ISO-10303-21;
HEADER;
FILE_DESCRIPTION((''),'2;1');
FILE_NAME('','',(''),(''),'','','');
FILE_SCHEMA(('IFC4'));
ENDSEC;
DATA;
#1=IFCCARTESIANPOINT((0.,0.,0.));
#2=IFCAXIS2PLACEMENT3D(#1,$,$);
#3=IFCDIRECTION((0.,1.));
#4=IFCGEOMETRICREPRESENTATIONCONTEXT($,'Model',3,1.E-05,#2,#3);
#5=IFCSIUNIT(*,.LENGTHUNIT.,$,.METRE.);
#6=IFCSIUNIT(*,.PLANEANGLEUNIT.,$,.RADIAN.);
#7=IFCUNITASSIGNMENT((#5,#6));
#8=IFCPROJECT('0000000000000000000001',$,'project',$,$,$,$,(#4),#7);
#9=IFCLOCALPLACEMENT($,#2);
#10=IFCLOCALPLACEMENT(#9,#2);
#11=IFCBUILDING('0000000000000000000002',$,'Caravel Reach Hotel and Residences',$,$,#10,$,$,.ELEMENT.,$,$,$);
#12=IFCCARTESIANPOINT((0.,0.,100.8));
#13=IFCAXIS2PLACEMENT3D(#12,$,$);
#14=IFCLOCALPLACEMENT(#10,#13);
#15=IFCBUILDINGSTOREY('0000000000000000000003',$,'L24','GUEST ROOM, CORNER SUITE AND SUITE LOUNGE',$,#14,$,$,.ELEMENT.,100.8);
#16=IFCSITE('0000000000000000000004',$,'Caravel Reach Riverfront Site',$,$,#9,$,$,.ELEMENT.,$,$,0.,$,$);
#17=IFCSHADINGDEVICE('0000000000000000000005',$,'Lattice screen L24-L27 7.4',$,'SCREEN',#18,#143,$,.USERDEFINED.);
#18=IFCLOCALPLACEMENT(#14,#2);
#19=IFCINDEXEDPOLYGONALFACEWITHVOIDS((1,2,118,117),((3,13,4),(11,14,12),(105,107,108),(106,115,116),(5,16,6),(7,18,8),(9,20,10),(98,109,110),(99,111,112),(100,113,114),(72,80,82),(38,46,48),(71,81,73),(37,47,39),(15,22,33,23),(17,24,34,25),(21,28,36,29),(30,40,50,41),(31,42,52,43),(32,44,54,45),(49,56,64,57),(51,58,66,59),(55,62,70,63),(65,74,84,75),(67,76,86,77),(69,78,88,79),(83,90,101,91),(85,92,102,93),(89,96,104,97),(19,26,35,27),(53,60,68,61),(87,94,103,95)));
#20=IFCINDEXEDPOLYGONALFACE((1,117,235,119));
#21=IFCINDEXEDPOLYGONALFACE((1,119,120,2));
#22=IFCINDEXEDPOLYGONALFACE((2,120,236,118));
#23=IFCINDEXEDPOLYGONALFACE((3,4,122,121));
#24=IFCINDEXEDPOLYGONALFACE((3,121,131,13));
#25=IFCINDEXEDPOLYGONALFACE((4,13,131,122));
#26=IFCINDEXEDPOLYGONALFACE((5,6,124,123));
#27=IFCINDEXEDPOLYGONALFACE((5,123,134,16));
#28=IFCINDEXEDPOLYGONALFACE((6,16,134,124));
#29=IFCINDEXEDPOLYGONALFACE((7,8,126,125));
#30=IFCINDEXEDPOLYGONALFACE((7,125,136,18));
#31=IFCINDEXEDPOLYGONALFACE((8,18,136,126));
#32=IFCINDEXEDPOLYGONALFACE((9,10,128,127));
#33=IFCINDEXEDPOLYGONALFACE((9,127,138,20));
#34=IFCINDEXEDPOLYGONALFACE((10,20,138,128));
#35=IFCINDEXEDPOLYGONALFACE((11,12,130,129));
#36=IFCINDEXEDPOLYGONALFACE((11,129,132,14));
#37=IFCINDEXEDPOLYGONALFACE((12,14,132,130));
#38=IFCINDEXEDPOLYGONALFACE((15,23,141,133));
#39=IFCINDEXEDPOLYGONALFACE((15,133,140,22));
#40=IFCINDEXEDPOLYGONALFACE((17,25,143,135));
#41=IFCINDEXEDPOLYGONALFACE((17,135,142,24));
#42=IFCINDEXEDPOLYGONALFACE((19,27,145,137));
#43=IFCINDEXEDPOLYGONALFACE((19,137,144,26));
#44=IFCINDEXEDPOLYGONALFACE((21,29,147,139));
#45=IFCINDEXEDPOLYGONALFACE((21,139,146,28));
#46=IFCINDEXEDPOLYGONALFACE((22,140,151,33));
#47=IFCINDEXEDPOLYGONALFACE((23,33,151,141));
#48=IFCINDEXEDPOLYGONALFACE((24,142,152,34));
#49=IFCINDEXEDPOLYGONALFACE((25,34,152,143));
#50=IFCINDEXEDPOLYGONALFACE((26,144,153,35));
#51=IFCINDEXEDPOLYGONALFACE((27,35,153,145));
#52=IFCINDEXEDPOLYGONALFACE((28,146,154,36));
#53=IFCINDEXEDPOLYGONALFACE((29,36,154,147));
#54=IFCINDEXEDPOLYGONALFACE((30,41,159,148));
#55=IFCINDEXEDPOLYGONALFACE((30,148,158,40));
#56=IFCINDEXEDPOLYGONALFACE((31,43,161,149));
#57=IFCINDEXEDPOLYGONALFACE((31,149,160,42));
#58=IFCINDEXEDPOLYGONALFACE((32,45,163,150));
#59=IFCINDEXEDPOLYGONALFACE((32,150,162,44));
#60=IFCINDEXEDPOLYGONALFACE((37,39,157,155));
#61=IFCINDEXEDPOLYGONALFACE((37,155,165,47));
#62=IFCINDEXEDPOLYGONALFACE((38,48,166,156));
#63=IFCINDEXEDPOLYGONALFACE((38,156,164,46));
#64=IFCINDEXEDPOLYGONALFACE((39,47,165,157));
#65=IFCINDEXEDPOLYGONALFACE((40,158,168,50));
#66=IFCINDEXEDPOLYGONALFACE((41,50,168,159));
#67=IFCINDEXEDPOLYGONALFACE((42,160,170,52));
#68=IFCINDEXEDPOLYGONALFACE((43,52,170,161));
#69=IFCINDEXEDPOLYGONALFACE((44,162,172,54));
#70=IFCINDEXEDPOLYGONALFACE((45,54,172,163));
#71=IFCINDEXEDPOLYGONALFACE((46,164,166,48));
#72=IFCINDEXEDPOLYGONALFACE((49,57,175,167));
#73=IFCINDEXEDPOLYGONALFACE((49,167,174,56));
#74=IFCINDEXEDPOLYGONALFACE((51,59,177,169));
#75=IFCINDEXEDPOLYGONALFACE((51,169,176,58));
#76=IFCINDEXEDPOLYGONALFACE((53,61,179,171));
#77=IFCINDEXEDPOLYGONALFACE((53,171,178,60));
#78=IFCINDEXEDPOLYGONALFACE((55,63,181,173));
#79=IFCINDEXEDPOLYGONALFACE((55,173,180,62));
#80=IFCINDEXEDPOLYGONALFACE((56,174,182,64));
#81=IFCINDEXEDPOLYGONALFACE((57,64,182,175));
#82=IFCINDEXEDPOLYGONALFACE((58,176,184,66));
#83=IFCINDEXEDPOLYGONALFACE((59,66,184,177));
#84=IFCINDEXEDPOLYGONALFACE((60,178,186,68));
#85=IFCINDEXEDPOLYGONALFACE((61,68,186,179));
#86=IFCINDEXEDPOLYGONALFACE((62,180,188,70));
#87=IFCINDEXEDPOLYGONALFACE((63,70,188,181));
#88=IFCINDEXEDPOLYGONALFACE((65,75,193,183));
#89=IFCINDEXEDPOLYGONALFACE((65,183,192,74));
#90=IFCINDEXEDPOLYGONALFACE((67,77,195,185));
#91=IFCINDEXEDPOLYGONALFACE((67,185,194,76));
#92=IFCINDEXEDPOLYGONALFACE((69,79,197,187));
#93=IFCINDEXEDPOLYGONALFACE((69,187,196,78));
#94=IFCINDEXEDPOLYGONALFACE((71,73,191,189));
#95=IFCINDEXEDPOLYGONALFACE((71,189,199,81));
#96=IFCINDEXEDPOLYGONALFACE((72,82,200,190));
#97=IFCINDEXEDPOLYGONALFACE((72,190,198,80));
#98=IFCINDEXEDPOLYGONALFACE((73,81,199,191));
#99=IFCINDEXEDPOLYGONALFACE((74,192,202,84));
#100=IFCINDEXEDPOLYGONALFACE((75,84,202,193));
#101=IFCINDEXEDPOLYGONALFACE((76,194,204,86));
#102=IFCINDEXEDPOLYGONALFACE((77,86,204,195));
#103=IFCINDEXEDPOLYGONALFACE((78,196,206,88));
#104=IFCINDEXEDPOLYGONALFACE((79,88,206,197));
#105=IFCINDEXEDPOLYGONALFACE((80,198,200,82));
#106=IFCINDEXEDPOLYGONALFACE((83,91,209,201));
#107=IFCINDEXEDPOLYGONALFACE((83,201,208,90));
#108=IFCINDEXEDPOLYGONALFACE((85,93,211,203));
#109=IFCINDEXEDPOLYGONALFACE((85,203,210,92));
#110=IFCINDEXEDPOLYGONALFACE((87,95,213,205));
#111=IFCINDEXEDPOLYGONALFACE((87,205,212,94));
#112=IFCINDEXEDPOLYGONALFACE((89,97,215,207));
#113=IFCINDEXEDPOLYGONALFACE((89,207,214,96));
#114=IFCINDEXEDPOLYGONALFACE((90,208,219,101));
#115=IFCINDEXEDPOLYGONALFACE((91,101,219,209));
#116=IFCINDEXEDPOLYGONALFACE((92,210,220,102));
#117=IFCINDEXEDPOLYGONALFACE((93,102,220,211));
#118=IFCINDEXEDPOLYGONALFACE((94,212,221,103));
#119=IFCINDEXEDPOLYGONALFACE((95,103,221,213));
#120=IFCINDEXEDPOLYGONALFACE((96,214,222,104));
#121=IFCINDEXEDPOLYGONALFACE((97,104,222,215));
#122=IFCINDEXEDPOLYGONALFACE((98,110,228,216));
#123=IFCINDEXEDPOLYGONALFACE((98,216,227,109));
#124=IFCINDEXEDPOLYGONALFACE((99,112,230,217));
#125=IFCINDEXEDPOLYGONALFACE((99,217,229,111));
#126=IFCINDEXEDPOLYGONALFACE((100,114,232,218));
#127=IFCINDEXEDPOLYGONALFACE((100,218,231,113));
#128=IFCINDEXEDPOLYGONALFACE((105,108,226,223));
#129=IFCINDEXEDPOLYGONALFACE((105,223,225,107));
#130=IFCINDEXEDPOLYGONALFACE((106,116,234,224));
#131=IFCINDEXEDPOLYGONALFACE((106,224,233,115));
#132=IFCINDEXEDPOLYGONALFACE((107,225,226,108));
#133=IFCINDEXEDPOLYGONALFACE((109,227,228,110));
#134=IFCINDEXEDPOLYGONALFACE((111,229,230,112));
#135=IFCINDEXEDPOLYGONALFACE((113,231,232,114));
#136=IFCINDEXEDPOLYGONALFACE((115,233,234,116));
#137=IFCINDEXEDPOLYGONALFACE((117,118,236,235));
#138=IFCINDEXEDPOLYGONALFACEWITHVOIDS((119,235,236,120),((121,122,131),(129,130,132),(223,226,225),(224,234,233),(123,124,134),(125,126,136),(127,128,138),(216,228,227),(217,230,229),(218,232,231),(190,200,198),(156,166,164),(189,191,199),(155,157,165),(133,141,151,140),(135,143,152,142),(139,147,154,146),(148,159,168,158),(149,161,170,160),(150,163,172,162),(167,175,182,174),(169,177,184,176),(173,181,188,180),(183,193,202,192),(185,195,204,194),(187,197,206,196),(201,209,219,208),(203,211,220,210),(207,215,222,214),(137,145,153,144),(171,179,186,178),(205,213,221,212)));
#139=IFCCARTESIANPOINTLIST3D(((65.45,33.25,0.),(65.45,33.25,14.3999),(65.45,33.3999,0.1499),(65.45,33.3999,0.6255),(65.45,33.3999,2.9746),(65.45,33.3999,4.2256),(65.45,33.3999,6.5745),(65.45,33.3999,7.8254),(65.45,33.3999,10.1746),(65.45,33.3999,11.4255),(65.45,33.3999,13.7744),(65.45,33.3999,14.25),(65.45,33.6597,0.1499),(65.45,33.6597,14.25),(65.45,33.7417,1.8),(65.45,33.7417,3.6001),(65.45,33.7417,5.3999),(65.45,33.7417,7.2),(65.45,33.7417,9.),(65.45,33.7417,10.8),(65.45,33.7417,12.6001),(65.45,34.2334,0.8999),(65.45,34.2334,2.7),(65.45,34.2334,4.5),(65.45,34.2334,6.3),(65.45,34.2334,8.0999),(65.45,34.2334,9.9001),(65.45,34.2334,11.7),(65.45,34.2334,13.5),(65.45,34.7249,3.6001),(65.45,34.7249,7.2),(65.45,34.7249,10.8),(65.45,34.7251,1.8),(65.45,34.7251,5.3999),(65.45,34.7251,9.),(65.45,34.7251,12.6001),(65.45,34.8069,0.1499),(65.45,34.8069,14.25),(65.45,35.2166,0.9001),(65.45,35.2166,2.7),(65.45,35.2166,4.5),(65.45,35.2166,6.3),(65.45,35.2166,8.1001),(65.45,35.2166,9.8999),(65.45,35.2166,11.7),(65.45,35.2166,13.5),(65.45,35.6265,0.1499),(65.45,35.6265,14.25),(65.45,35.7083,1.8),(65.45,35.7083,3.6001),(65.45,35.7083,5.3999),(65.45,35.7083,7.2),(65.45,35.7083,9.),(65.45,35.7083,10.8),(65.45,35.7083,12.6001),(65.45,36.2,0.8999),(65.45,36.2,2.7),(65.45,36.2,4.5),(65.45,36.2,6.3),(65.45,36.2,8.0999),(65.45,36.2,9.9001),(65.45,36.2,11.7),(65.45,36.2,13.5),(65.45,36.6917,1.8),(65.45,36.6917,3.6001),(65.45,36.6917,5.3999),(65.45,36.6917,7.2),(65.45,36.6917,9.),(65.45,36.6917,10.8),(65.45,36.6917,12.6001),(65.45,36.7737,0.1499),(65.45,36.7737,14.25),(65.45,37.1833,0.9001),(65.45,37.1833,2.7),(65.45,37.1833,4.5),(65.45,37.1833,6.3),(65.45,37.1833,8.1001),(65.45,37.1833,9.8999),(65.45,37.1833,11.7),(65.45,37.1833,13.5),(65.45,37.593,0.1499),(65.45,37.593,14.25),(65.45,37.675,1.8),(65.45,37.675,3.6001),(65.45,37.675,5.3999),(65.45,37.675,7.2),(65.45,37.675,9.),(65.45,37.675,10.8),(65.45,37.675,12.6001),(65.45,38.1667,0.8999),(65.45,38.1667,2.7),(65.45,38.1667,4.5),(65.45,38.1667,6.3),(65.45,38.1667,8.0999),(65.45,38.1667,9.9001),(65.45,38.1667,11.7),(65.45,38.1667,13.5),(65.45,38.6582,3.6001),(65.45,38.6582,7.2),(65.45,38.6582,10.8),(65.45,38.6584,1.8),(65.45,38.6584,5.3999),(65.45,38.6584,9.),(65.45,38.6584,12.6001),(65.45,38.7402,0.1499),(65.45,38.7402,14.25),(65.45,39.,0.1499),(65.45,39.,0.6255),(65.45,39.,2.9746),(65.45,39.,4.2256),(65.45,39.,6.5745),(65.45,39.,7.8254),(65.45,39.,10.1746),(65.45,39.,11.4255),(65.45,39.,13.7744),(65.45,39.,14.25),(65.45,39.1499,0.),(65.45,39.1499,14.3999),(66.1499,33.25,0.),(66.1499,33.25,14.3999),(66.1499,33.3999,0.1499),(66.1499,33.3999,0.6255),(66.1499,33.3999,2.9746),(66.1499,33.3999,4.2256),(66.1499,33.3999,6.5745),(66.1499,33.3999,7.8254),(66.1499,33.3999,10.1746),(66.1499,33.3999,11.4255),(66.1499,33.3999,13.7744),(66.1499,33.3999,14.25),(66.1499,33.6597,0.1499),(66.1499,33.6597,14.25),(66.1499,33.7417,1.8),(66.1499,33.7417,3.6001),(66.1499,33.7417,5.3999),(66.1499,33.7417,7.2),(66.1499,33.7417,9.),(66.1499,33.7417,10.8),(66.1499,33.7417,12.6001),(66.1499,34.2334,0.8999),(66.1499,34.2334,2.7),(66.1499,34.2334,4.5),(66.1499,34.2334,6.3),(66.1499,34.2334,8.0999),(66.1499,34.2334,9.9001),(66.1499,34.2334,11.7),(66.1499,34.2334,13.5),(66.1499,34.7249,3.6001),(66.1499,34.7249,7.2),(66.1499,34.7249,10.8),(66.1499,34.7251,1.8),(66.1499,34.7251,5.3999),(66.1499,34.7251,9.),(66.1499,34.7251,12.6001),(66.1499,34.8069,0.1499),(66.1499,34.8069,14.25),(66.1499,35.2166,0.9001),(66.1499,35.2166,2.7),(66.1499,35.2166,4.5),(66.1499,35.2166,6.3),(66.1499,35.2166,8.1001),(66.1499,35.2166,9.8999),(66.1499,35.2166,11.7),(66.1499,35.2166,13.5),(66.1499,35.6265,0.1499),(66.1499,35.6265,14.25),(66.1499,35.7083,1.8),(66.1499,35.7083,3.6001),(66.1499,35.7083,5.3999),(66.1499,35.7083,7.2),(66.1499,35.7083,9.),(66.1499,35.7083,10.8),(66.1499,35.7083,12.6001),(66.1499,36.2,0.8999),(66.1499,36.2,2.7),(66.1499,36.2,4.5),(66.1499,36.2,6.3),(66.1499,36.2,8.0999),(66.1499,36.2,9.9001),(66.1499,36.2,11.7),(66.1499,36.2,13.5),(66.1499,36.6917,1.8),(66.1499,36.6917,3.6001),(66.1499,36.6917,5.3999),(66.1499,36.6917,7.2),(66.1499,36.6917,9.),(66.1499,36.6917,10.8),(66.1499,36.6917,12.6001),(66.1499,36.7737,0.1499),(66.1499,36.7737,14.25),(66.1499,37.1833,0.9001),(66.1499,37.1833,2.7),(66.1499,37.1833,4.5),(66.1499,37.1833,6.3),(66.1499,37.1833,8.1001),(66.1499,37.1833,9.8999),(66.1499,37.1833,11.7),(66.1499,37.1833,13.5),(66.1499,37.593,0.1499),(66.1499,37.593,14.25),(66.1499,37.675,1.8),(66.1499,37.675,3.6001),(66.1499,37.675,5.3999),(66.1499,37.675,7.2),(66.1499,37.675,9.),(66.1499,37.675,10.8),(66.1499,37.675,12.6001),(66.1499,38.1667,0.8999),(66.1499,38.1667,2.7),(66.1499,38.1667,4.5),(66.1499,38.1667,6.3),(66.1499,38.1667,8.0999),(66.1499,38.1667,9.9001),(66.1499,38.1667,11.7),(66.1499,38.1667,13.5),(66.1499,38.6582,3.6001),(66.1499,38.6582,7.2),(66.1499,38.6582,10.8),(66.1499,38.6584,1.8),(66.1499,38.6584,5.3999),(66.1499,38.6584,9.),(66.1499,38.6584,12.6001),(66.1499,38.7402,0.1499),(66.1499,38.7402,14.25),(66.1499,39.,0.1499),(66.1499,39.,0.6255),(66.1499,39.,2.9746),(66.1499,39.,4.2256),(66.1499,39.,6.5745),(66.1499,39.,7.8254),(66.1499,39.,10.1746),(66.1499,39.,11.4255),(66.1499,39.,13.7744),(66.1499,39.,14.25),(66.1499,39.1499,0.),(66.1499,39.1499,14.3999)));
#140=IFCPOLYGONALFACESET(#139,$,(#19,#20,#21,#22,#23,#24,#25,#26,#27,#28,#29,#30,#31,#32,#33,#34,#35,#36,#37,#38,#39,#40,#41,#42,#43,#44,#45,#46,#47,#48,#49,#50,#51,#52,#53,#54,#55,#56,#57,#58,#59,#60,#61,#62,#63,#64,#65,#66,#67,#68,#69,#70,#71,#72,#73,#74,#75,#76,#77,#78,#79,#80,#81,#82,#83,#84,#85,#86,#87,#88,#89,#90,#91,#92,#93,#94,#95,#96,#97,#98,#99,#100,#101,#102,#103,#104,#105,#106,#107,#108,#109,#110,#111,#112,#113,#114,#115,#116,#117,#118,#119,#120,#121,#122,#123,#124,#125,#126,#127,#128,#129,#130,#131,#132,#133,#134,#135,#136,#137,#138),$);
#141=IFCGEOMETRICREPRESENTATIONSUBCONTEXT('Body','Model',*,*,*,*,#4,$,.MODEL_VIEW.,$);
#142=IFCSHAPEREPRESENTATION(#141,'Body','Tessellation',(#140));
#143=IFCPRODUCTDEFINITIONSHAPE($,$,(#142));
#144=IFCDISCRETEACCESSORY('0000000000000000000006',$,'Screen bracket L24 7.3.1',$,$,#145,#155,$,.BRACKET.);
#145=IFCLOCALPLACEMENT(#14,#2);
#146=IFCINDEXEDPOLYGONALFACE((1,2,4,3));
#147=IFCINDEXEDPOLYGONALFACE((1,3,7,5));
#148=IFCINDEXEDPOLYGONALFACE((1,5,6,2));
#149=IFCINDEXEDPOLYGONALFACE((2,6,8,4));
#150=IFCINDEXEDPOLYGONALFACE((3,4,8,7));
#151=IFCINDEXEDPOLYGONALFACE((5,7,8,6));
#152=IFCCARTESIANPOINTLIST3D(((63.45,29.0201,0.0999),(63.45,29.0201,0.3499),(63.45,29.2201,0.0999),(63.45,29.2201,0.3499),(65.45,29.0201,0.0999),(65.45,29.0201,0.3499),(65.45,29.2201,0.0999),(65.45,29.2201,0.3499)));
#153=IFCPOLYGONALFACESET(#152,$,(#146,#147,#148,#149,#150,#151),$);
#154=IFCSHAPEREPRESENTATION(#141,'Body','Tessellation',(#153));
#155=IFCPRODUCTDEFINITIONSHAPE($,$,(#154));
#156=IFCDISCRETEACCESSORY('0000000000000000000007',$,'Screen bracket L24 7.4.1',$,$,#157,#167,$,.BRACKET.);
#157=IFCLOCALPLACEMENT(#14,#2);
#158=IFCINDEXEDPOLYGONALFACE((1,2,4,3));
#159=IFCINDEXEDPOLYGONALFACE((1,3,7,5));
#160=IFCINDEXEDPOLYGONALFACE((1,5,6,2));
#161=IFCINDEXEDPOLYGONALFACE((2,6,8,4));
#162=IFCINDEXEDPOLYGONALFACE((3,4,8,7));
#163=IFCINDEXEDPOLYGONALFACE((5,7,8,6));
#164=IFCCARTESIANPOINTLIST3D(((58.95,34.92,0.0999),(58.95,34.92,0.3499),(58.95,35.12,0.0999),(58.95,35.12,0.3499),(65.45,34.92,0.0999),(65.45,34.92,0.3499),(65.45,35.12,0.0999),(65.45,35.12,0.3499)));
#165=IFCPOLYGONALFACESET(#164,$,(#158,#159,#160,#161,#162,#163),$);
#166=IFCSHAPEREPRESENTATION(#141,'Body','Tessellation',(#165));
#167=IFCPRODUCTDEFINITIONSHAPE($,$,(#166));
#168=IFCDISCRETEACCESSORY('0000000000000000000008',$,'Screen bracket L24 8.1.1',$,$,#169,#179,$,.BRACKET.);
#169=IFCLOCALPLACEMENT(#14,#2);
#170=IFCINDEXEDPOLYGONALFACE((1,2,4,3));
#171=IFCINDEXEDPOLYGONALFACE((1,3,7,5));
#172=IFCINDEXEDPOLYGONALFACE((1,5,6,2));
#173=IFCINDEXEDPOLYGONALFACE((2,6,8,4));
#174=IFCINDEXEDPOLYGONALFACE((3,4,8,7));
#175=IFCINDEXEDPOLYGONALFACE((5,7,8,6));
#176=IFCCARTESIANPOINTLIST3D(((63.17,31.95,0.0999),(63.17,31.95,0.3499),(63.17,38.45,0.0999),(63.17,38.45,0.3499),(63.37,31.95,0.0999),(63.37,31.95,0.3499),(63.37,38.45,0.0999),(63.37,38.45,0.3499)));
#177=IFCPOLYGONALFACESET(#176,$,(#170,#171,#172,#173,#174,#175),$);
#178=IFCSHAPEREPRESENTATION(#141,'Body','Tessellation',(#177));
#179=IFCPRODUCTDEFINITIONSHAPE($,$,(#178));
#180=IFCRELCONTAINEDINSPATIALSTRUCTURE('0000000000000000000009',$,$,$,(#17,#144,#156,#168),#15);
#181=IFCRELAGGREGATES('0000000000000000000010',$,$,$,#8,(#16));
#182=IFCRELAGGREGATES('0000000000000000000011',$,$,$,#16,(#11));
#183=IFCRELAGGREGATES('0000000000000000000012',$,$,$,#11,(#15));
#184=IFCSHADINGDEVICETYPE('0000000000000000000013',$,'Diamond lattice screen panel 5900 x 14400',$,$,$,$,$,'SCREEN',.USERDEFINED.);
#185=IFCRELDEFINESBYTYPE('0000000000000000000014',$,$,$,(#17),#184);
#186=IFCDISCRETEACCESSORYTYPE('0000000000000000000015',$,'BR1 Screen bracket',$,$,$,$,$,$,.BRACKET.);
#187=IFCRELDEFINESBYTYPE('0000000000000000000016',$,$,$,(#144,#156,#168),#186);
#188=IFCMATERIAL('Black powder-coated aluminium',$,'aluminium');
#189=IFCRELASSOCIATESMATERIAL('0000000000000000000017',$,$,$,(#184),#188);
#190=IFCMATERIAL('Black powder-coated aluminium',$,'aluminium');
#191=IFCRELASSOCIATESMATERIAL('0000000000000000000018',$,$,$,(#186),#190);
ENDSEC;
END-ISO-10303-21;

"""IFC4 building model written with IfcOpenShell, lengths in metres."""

from ifc_helpers import new_model, si_unit, direction, frame, origin, origin_2d, place, context, subcontext, project, spatial, polyline, rectangle, outline, extrude, material, type_object, element, save


model = new_model("IFC4")

# Units and contexts
model_context = context("Model", 3, precision=1e-05, world=origin(), true_north=direction((0.0, 1.0)))
body_context = subcontext(model_context, "Body", "Model", "MODEL_VIEW")
ifc_project = project(units=[si_unit("LENGTHUNIT", "METRE"), si_unit("PLANEANGLEUNIT", "RADIAN")], contexts=[model_context])

# Site, building, storey
site_placement = place(None, origin())
site = spatial("IfcSite", under=ifc_project, at=site_placement, Name="Caravel Reach Riverfront Site", CompositionType="ELEMENT", RefElevation=0.0)
building_placement = place(site_placement, origin())
building = spatial("IfcBuilding", under=site, at=building_placement, Name="Caravel Reach Hotel and Residences", CompositionType="ELEMENT")
storey_placement = place(building_placement, frame((0.0, 0.0, 100.8)))
storey = spatial("IfcBuildingStorey", under=building, at=storey_placement, Name="L24", Description="GUEST ROOM, CORNER SUITE AND SUITE LOUNGE", CompositionType="ELEMENT", Elevation=100.8)

# Shading device
ifc_material_1 = material(Name="Black powder-coated aluminium", Category="aluminium")
shading_device_type_1 = type_object("IfcShadingDeviceType", Name="Diamond lattice screen panel 5900 x 14400", ElementType="SCREEN", PredefinedType="USERDEFINED", material=ifc_material_1)
shading_device_1_placement = place(storey_placement, frame((65.45, 33.25, 0.0), z_axis=(1.0, 0.0, 0.0), x_axis=(0.0, 1.0, 0.0)))
element("IfcShadingDevice", 1, at=shading_device_1_placement, inside=storey, type_object=shading_device_type_1, Name="Lattice screen L24-L27 7.4", ObjectType="SCREEN", PredefinedType="USERDEFINED", context=body_context, shape_type="SweptSolid", body=[
    extrude(outline(polyline([(0.0, 0.0), (5.8999, 0.0), (5.8999, 14.3999), (0.0, 14.3999), (0.0, 0.0)]), holes=[polyline([(0.4097, 0.1499), (0.1499, 0.6255), (0.1499, 0.1499), (0.4097, 0.1499)]), polyline([(0.4917, 3.6001), (0.1499, 4.2256), (0.1499, 2.9746), (0.4917, 3.6001)]), polyline([(0.4917, 7.2), (0.1499, 7.8254), (0.1499, 6.5745), (0.4917, 7.2)]), polyline([(0.4917, 10.8), (0.1499, 11.4255), (0.1499, 10.1746), (0.4917, 10.8)]), polyline([(0.1499, 13.7744), (0.4097, 14.25), (0.1499, 14.25), (0.1499, 13.7744)]), polyline([(0.9834, 2.7), (0.4917, 1.8), (0.9834, 0.8999), (1.4751, 1.8), (0.9834, 2.7)]), polyline([(0.9834, 6.3), (0.4917, 5.3999), (0.9834, 4.5), (1.4751, 5.3999), (0.9834, 6.3)]), polyline([(0.9834, 9.9001), (0.4917, 9.0), (0.9834, 8.0999), (1.4751, 9.0), (0.9834, 9.9001)]), polyline([(0.9834, 13.5), (0.4917, 12.6001), (0.9834, 11.7), (1.4751, 12.6001), (0.9834, 13.5)]), polyline([(1.9666, 0.9001), (1.5569, 0.1499), (2.3765, 0.1499), (1.9666, 0.9001)]), polyline([(1.9666, 4.5), (1.4749, 3.6001), (1.9666, 2.7), (2.4583, 3.6001), (1.9666, 4.5)]), polyline([(1.9666, 8.1001), (1.4749, 7.2), (1.9666, 6.3), (2.4583, 7.2), (1.9666, 8.1001)]), polyline([(1.9666, 11.7), (1.4749, 10.8), (1.9666, 9.8999), (2.4583, 10.8), (1.9666, 11.7)]), polyline([(1.9666, 13.5), (2.3765, 14.25), (1.5569, 14.25), (1.9666, 13.5)]), polyline([(2.95, 2.7), (2.4583, 1.8), (2.95, 0.8999), (3.4417, 1.8), (2.95, 2.7)]), polyline([(2.95, 6.3), (2.4583, 5.3999), (2.95, 4.5), (3.4417, 5.3999), (2.95, 6.3)]), polyline([(2.95, 9.9001), (2.4583, 9.0), (2.95, 8.0999), (3.4417, 9.0), (2.95, 9.9001)]), polyline([(2.95, 13.5), (2.4583, 12.6001), (2.95, 11.7), (3.4417, 12.6001), (2.95, 13.5)]), polyline([(3.9333, 0.9001), (3.5237, 0.1499), (4.343, 0.1499), (3.9333, 0.9001)]), polyline([(3.9333, 4.5), (3.4417, 3.6001), (3.9333, 2.7), (4.425, 3.6001), (3.9333, 4.5)]), polyline([(3.9333, 8.1001), (3.4417, 7.2), (3.9333, 6.3), (4.425, 7.2), (3.9333, 8.1001)]), polyline([(3.9333, 11.7), (3.4417, 10.8), (3.9333, 9.8999), (4.425, 10.8), (3.9333, 11.7)]), polyline([(3.9333, 13.5), (4.343, 14.25), (3.5237, 14.25), (3.9333, 13.5)]), polyline([(4.9167, 2.7), (4.425, 1.8), (4.9167, 0.8999), (5.4084, 1.8), (4.9167, 2.7)]), polyline([(4.9167, 6.3), (4.425, 5.3999), (4.9167, 4.5), (5.4084, 5.3999), (4.9167, 6.3)]), polyline([(4.9167, 9.9001), (4.425, 9.0), (4.9167, 8.0999), (5.4084, 9.0), (4.9167, 9.9001)]), polyline([(4.9167, 13.5), (4.425, 12.6001), (4.9167, 11.7), (5.4084, 12.6001), (4.9167, 13.5)]), polyline([(5.75, 0.6255), (5.4902, 0.1499), (5.75, 0.1499), (5.75, 0.6255)]), polyline([(5.4082, 3.6001), (5.75, 2.9746), (5.75, 4.2256), (5.4082, 3.6001)]), polyline([(5.4082, 7.2), (5.75, 6.5745), (5.75, 7.8254), (5.4082, 7.2)]), polyline([(5.4082, 10.8), (5.75, 10.1746), (5.75, 11.4255), (5.4082, 10.8)]), polyline([(5.4902, 14.25), (5.75, 13.7744), (5.75, 14.25), (5.4902, 14.25)])]), origin(), (0.0, 0.0, 1.0), 0.7),
])

# Discrete accessories
ifc_material_2 = material(Name="Black powder-coated aluminium", Category="aluminium")
discrete_accessory_type = type_object("IfcDiscreteAccessoryType", Name="BR1 Screen bracket", PredefinedType="BRACKET", material=ifc_material_2)
discrete_accessory_placement = place(storey_placement, frame((64.45, 29.1201, 0.0999), z_axis=(0.0, 0.0, 1.0), x_axis=(1.0, 0.0, 0.0)))
element("IfcDiscreteAccessory", 2, at=discrete_accessory_placement, inside=storey, type_object=discrete_accessory_type, Name="Screen bracket L24 7.3.1", PredefinedType="BRACKET", context=body_context, shape_type="SweptSolid", body=[
    extrude(rectangle(XDim=2.0, YDim=0.2, at=origin_2d()), origin(), (0.0, 0.0, 1.0), 0.25),
])
for number, where, z_axis, x_axis, name in (
    (3, (62.2, 35.02, 0.0999), (0.0, 0.0, 1.0), (1.0, 0.0, 0.0), "Screen bracket L24 7.4.1"),
    (4, (63.27, 35.2, 0.0999), (0.0, 0.0, 1.0), (0.0, 1.0, 0.0), "Screen bracket L24 8.1.1"),
):
    element("IfcDiscreteAccessory", number, at=place(storey_placement, frame(where, z_axis=z_axis, x_axis=x_axis)), inside=storey, type_object=discrete_accessory_type, Name=name, PredefinedType="BRACKET", context=body_context, shape_type="SweptSolid", body=[
        extrude(rectangle(XDim=6.5, YDim=0.2, at=origin_2d()), origin(), (0.0, 0.0, 1.0), 0.25),
    ])

save(model, "model.ifc")
